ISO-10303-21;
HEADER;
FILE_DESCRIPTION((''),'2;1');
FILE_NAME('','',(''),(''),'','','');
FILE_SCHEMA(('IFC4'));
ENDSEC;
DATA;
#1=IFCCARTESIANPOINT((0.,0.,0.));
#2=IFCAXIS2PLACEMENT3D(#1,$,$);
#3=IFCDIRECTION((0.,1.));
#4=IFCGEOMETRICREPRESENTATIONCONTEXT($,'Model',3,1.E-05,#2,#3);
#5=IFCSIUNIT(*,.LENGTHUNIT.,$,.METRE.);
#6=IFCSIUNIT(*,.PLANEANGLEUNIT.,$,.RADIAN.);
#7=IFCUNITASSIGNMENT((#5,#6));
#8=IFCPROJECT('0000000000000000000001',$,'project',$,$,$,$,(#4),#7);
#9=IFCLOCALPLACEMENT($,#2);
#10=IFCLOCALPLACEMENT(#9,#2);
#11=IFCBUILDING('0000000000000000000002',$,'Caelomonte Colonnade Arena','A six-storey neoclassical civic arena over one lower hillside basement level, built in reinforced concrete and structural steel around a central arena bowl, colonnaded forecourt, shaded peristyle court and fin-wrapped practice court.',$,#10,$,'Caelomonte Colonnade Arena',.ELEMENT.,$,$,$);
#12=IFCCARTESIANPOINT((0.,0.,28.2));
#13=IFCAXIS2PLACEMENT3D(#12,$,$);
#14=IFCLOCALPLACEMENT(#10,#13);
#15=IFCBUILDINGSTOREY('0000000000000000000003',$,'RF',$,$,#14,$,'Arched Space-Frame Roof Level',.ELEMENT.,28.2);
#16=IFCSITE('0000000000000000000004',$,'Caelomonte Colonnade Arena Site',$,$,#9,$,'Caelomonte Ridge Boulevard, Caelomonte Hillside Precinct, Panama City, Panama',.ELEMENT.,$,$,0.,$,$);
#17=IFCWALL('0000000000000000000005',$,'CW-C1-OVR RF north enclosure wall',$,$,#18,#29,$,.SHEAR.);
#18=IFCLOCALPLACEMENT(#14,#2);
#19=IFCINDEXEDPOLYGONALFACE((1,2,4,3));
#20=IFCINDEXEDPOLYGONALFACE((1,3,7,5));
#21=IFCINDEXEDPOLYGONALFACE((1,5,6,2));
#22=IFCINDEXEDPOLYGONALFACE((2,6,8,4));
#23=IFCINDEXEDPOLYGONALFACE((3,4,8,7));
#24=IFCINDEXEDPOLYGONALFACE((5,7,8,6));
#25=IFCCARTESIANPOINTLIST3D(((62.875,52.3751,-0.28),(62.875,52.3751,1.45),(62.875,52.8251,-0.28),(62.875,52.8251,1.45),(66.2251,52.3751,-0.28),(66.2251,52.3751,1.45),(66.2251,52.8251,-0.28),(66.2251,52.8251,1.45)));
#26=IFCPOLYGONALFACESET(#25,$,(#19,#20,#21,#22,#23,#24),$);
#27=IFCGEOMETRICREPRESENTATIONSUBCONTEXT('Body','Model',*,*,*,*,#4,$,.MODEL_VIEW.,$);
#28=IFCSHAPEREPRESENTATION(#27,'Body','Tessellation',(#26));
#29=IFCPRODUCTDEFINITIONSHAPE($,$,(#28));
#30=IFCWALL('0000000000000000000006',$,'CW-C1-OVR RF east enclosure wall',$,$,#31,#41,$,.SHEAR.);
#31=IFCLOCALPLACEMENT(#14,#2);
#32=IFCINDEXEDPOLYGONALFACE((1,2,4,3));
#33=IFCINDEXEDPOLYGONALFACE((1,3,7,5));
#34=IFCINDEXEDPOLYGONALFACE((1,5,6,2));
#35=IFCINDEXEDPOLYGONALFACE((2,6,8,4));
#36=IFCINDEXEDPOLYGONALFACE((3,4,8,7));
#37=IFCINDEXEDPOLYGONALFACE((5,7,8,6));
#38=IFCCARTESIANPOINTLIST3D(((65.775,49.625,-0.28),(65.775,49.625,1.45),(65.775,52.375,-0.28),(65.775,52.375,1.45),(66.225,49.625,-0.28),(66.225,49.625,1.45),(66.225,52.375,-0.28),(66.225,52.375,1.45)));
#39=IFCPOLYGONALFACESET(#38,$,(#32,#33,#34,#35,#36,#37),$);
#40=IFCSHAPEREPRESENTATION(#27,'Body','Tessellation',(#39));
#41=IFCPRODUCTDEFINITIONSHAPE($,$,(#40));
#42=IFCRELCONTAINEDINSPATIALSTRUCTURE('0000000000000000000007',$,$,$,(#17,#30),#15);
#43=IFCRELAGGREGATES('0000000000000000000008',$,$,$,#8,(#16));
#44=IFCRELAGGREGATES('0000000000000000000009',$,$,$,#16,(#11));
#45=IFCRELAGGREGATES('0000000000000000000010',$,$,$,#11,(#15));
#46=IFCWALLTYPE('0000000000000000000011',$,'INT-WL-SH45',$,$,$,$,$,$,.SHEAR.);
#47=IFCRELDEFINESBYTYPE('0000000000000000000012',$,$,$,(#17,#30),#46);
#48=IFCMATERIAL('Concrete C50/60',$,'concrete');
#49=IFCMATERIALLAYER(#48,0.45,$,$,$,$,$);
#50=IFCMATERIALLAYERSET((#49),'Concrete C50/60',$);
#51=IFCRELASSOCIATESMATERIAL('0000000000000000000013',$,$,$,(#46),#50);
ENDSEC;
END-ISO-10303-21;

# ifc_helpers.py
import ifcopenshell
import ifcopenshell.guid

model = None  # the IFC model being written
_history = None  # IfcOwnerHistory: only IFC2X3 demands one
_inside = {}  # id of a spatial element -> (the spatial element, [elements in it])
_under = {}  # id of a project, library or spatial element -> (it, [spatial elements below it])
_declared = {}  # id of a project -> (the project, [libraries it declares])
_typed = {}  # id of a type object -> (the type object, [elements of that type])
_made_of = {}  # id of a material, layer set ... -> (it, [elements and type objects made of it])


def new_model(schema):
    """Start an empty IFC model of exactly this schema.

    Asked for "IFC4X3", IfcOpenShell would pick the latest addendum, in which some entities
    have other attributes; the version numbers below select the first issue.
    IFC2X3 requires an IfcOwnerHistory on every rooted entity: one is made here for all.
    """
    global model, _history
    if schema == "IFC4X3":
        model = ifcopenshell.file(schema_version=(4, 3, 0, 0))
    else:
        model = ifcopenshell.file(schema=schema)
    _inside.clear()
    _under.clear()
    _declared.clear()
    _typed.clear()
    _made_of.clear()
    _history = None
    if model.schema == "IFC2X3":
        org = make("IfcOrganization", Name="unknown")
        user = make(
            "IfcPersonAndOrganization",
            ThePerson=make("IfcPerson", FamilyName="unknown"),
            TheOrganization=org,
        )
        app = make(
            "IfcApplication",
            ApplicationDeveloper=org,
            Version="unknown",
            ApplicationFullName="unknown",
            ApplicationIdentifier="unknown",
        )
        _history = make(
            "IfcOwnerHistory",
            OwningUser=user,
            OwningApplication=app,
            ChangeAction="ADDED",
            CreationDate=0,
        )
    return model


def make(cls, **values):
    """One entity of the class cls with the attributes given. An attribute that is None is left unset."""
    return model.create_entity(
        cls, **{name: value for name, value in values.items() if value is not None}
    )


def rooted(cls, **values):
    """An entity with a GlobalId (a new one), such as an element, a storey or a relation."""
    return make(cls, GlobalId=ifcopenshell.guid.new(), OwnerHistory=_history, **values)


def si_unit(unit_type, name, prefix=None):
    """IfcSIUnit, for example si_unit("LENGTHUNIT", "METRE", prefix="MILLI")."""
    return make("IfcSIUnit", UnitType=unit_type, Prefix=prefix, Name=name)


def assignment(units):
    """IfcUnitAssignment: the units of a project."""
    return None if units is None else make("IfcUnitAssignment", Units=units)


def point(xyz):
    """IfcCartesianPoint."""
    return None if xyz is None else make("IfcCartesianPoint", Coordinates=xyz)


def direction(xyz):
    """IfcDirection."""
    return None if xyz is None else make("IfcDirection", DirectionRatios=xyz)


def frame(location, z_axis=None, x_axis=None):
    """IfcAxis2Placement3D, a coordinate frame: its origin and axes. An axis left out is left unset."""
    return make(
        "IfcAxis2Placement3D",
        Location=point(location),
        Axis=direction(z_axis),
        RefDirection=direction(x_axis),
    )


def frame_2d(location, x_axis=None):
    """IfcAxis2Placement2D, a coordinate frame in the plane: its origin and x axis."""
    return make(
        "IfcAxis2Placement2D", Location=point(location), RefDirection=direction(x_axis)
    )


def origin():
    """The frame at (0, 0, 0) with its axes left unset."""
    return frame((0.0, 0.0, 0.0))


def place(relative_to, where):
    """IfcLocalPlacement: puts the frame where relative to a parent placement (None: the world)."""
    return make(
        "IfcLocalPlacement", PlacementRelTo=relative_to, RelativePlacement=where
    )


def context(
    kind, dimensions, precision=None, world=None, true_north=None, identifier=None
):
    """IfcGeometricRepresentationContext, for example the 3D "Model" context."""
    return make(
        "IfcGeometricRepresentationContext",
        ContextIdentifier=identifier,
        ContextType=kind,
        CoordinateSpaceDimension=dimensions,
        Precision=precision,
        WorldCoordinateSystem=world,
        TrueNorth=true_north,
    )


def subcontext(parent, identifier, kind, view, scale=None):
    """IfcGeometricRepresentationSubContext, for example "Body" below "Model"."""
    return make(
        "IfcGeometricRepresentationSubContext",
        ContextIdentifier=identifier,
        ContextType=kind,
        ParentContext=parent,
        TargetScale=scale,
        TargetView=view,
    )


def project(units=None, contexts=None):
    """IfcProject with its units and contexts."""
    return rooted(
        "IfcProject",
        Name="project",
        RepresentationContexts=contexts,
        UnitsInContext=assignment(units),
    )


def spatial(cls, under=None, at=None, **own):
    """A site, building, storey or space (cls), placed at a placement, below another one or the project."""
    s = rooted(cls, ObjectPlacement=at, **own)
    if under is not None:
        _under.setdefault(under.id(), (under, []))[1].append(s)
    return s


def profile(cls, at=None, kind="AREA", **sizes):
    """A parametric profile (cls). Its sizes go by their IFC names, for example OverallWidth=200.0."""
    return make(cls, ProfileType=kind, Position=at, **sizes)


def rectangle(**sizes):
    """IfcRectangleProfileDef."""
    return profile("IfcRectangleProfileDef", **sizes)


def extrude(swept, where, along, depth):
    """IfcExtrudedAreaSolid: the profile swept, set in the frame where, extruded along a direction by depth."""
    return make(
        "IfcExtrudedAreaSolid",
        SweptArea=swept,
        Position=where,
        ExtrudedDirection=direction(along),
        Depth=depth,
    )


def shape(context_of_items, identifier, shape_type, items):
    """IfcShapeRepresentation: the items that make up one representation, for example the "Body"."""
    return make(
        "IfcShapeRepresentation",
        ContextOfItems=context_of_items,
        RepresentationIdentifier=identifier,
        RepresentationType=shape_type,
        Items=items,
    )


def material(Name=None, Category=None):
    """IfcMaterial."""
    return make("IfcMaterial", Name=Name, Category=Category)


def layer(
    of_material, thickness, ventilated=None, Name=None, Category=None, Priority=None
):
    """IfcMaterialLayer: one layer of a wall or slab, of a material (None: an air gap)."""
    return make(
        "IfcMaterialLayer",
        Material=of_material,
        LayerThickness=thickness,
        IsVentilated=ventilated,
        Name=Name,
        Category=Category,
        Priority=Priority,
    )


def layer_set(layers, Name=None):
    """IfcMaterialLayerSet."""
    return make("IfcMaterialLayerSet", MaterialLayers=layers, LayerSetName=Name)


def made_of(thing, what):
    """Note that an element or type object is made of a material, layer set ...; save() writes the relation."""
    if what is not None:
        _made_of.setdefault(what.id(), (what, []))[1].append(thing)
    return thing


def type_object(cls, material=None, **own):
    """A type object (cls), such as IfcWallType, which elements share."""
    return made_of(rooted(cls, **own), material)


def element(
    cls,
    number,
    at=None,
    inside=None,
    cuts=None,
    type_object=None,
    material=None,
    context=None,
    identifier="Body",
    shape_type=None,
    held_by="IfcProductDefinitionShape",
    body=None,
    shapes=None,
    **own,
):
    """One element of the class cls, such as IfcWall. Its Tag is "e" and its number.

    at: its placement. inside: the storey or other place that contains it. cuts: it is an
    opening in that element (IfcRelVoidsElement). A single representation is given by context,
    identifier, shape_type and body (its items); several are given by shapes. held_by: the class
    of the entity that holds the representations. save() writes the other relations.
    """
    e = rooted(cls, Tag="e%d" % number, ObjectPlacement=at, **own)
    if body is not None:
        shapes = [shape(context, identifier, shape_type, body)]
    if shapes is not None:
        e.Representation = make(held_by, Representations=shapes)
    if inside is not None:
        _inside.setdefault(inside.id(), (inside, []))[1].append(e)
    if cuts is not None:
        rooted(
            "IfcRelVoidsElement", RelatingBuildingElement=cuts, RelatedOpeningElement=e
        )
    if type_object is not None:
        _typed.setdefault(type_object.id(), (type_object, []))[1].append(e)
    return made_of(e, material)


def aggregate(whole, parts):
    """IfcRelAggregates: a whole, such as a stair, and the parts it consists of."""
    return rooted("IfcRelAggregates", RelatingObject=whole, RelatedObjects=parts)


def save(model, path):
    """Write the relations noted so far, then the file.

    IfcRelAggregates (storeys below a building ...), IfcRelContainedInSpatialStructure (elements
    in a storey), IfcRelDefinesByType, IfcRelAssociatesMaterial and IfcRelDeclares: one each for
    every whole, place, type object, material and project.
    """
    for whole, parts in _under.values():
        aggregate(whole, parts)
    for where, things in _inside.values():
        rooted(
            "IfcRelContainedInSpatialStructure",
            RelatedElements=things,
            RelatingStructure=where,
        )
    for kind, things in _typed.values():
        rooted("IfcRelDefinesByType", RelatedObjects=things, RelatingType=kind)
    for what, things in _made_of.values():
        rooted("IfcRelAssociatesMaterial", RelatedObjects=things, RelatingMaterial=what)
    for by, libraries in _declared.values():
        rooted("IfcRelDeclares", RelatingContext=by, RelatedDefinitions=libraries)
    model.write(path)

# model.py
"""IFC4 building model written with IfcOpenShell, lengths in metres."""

from ifc_helpers import new_model, si_unit, direction, frame, frame_2d, origin, place, context, subcontext, project, spatial, rectangle, extrude, material, layer, layer_set, type_object, element, save


model = new_model("IFC4")

# Units and contexts
model_context = context("Model", 3, precision=1e-05, world=origin(), true_north=direction((0.0, 1.0)))
body_context = subcontext(model_context, "Body", "Model", "MODEL_VIEW")
ifc_project = project(units=[si_unit("LENGTHUNIT", "METRE"), si_unit("PLANEANGLEUNIT", "RADIAN")], contexts=[model_context])

# Site, building, storey
site_placement = place(None, origin())
site = spatial("IfcSite", under=ifc_project, at=site_placement, Name="Caelomonte Colonnade Arena Site", LongName="Caelomonte Ridge Boulevard, Caelomonte Hillside Precinct, Panama City, Panama", CompositionType="ELEMENT", RefElevation=0.0)
building_placement = place(site_placement, origin())
building = spatial("IfcBuilding", under=site, at=building_placement, Name="Caelomonte Colonnade Arena", Description="A six-storey neoclassical civic arena over one lower hillside basement level, built in reinforced concrete and structural steel around a central arena bowl, colonnaded forecourt, shaded peristyle court and fin-wrapped practice court.", LongName="Caelomonte Colonnade Arena", CompositionType="ELEMENT")
storey_placement = place(building_placement, frame((0.0, 0.0, 28.2)))
storey = spatial("IfcBuildingStorey", under=building, at=storey_placement, Name="RF", LongName="Arched Space-Frame Roof Level", CompositionType="ELEMENT", Elevation=28.2)

# Walls
ifc_material_1 = material(Name="Concrete C50/60", Category="concrete")
ifc_layer_1 = layer(ifc_material_1, 0.45)
ifc_layer_set_1 = layer_set([ifc_layer_1], Name="Concrete C50/60")
wall_type = type_object("IfcWallType", Name="INT-WL-SH45", PredefinedType="SHEAR", material=ifc_layer_set_1)
wall_1_placement = place(storey_placement, frame((66.2251, 52.6001, -0.28), z_axis=(0.0, 0.0, 1.0), x_axis=(-1.0, 0.0, 0.0)))
element("IfcWall", 1, at=wall_1_placement, inside=storey, type_object=wall_type, Name="CW-C1-OVR RF north enclosure wall", PredefinedType="SHEAR", context=body_context, shape_type="SweptSolid", body=[
    extrude(rectangle(XDim=3.3501, YDim=0.45, at=frame_2d((1.675, 0.0))), origin(), (0.0, 0.0, 1.0), 1.73),
])
wall_2_placement = place(storey_placement, frame((66.0, 49.625, -0.28), z_axis=(0.0, 0.0, 1.0), x_axis=(0.0, 1.0, 0.0)))
element("IfcWall", 2, at=wall_2_placement, inside=storey, type_object=wall_type, Name="CW-C1-OVR RF east enclosure wall", PredefinedType="SHEAR", context=body_context, shape_type="SweptSolid", body=[
    extrude(rectangle(XDim=2.75, YDim=0.45, at=frame_2d((1.375, 0.0))), origin(), (0.0, 0.0, 1.0), 1.73),
])

save(model, "model.ifc")
